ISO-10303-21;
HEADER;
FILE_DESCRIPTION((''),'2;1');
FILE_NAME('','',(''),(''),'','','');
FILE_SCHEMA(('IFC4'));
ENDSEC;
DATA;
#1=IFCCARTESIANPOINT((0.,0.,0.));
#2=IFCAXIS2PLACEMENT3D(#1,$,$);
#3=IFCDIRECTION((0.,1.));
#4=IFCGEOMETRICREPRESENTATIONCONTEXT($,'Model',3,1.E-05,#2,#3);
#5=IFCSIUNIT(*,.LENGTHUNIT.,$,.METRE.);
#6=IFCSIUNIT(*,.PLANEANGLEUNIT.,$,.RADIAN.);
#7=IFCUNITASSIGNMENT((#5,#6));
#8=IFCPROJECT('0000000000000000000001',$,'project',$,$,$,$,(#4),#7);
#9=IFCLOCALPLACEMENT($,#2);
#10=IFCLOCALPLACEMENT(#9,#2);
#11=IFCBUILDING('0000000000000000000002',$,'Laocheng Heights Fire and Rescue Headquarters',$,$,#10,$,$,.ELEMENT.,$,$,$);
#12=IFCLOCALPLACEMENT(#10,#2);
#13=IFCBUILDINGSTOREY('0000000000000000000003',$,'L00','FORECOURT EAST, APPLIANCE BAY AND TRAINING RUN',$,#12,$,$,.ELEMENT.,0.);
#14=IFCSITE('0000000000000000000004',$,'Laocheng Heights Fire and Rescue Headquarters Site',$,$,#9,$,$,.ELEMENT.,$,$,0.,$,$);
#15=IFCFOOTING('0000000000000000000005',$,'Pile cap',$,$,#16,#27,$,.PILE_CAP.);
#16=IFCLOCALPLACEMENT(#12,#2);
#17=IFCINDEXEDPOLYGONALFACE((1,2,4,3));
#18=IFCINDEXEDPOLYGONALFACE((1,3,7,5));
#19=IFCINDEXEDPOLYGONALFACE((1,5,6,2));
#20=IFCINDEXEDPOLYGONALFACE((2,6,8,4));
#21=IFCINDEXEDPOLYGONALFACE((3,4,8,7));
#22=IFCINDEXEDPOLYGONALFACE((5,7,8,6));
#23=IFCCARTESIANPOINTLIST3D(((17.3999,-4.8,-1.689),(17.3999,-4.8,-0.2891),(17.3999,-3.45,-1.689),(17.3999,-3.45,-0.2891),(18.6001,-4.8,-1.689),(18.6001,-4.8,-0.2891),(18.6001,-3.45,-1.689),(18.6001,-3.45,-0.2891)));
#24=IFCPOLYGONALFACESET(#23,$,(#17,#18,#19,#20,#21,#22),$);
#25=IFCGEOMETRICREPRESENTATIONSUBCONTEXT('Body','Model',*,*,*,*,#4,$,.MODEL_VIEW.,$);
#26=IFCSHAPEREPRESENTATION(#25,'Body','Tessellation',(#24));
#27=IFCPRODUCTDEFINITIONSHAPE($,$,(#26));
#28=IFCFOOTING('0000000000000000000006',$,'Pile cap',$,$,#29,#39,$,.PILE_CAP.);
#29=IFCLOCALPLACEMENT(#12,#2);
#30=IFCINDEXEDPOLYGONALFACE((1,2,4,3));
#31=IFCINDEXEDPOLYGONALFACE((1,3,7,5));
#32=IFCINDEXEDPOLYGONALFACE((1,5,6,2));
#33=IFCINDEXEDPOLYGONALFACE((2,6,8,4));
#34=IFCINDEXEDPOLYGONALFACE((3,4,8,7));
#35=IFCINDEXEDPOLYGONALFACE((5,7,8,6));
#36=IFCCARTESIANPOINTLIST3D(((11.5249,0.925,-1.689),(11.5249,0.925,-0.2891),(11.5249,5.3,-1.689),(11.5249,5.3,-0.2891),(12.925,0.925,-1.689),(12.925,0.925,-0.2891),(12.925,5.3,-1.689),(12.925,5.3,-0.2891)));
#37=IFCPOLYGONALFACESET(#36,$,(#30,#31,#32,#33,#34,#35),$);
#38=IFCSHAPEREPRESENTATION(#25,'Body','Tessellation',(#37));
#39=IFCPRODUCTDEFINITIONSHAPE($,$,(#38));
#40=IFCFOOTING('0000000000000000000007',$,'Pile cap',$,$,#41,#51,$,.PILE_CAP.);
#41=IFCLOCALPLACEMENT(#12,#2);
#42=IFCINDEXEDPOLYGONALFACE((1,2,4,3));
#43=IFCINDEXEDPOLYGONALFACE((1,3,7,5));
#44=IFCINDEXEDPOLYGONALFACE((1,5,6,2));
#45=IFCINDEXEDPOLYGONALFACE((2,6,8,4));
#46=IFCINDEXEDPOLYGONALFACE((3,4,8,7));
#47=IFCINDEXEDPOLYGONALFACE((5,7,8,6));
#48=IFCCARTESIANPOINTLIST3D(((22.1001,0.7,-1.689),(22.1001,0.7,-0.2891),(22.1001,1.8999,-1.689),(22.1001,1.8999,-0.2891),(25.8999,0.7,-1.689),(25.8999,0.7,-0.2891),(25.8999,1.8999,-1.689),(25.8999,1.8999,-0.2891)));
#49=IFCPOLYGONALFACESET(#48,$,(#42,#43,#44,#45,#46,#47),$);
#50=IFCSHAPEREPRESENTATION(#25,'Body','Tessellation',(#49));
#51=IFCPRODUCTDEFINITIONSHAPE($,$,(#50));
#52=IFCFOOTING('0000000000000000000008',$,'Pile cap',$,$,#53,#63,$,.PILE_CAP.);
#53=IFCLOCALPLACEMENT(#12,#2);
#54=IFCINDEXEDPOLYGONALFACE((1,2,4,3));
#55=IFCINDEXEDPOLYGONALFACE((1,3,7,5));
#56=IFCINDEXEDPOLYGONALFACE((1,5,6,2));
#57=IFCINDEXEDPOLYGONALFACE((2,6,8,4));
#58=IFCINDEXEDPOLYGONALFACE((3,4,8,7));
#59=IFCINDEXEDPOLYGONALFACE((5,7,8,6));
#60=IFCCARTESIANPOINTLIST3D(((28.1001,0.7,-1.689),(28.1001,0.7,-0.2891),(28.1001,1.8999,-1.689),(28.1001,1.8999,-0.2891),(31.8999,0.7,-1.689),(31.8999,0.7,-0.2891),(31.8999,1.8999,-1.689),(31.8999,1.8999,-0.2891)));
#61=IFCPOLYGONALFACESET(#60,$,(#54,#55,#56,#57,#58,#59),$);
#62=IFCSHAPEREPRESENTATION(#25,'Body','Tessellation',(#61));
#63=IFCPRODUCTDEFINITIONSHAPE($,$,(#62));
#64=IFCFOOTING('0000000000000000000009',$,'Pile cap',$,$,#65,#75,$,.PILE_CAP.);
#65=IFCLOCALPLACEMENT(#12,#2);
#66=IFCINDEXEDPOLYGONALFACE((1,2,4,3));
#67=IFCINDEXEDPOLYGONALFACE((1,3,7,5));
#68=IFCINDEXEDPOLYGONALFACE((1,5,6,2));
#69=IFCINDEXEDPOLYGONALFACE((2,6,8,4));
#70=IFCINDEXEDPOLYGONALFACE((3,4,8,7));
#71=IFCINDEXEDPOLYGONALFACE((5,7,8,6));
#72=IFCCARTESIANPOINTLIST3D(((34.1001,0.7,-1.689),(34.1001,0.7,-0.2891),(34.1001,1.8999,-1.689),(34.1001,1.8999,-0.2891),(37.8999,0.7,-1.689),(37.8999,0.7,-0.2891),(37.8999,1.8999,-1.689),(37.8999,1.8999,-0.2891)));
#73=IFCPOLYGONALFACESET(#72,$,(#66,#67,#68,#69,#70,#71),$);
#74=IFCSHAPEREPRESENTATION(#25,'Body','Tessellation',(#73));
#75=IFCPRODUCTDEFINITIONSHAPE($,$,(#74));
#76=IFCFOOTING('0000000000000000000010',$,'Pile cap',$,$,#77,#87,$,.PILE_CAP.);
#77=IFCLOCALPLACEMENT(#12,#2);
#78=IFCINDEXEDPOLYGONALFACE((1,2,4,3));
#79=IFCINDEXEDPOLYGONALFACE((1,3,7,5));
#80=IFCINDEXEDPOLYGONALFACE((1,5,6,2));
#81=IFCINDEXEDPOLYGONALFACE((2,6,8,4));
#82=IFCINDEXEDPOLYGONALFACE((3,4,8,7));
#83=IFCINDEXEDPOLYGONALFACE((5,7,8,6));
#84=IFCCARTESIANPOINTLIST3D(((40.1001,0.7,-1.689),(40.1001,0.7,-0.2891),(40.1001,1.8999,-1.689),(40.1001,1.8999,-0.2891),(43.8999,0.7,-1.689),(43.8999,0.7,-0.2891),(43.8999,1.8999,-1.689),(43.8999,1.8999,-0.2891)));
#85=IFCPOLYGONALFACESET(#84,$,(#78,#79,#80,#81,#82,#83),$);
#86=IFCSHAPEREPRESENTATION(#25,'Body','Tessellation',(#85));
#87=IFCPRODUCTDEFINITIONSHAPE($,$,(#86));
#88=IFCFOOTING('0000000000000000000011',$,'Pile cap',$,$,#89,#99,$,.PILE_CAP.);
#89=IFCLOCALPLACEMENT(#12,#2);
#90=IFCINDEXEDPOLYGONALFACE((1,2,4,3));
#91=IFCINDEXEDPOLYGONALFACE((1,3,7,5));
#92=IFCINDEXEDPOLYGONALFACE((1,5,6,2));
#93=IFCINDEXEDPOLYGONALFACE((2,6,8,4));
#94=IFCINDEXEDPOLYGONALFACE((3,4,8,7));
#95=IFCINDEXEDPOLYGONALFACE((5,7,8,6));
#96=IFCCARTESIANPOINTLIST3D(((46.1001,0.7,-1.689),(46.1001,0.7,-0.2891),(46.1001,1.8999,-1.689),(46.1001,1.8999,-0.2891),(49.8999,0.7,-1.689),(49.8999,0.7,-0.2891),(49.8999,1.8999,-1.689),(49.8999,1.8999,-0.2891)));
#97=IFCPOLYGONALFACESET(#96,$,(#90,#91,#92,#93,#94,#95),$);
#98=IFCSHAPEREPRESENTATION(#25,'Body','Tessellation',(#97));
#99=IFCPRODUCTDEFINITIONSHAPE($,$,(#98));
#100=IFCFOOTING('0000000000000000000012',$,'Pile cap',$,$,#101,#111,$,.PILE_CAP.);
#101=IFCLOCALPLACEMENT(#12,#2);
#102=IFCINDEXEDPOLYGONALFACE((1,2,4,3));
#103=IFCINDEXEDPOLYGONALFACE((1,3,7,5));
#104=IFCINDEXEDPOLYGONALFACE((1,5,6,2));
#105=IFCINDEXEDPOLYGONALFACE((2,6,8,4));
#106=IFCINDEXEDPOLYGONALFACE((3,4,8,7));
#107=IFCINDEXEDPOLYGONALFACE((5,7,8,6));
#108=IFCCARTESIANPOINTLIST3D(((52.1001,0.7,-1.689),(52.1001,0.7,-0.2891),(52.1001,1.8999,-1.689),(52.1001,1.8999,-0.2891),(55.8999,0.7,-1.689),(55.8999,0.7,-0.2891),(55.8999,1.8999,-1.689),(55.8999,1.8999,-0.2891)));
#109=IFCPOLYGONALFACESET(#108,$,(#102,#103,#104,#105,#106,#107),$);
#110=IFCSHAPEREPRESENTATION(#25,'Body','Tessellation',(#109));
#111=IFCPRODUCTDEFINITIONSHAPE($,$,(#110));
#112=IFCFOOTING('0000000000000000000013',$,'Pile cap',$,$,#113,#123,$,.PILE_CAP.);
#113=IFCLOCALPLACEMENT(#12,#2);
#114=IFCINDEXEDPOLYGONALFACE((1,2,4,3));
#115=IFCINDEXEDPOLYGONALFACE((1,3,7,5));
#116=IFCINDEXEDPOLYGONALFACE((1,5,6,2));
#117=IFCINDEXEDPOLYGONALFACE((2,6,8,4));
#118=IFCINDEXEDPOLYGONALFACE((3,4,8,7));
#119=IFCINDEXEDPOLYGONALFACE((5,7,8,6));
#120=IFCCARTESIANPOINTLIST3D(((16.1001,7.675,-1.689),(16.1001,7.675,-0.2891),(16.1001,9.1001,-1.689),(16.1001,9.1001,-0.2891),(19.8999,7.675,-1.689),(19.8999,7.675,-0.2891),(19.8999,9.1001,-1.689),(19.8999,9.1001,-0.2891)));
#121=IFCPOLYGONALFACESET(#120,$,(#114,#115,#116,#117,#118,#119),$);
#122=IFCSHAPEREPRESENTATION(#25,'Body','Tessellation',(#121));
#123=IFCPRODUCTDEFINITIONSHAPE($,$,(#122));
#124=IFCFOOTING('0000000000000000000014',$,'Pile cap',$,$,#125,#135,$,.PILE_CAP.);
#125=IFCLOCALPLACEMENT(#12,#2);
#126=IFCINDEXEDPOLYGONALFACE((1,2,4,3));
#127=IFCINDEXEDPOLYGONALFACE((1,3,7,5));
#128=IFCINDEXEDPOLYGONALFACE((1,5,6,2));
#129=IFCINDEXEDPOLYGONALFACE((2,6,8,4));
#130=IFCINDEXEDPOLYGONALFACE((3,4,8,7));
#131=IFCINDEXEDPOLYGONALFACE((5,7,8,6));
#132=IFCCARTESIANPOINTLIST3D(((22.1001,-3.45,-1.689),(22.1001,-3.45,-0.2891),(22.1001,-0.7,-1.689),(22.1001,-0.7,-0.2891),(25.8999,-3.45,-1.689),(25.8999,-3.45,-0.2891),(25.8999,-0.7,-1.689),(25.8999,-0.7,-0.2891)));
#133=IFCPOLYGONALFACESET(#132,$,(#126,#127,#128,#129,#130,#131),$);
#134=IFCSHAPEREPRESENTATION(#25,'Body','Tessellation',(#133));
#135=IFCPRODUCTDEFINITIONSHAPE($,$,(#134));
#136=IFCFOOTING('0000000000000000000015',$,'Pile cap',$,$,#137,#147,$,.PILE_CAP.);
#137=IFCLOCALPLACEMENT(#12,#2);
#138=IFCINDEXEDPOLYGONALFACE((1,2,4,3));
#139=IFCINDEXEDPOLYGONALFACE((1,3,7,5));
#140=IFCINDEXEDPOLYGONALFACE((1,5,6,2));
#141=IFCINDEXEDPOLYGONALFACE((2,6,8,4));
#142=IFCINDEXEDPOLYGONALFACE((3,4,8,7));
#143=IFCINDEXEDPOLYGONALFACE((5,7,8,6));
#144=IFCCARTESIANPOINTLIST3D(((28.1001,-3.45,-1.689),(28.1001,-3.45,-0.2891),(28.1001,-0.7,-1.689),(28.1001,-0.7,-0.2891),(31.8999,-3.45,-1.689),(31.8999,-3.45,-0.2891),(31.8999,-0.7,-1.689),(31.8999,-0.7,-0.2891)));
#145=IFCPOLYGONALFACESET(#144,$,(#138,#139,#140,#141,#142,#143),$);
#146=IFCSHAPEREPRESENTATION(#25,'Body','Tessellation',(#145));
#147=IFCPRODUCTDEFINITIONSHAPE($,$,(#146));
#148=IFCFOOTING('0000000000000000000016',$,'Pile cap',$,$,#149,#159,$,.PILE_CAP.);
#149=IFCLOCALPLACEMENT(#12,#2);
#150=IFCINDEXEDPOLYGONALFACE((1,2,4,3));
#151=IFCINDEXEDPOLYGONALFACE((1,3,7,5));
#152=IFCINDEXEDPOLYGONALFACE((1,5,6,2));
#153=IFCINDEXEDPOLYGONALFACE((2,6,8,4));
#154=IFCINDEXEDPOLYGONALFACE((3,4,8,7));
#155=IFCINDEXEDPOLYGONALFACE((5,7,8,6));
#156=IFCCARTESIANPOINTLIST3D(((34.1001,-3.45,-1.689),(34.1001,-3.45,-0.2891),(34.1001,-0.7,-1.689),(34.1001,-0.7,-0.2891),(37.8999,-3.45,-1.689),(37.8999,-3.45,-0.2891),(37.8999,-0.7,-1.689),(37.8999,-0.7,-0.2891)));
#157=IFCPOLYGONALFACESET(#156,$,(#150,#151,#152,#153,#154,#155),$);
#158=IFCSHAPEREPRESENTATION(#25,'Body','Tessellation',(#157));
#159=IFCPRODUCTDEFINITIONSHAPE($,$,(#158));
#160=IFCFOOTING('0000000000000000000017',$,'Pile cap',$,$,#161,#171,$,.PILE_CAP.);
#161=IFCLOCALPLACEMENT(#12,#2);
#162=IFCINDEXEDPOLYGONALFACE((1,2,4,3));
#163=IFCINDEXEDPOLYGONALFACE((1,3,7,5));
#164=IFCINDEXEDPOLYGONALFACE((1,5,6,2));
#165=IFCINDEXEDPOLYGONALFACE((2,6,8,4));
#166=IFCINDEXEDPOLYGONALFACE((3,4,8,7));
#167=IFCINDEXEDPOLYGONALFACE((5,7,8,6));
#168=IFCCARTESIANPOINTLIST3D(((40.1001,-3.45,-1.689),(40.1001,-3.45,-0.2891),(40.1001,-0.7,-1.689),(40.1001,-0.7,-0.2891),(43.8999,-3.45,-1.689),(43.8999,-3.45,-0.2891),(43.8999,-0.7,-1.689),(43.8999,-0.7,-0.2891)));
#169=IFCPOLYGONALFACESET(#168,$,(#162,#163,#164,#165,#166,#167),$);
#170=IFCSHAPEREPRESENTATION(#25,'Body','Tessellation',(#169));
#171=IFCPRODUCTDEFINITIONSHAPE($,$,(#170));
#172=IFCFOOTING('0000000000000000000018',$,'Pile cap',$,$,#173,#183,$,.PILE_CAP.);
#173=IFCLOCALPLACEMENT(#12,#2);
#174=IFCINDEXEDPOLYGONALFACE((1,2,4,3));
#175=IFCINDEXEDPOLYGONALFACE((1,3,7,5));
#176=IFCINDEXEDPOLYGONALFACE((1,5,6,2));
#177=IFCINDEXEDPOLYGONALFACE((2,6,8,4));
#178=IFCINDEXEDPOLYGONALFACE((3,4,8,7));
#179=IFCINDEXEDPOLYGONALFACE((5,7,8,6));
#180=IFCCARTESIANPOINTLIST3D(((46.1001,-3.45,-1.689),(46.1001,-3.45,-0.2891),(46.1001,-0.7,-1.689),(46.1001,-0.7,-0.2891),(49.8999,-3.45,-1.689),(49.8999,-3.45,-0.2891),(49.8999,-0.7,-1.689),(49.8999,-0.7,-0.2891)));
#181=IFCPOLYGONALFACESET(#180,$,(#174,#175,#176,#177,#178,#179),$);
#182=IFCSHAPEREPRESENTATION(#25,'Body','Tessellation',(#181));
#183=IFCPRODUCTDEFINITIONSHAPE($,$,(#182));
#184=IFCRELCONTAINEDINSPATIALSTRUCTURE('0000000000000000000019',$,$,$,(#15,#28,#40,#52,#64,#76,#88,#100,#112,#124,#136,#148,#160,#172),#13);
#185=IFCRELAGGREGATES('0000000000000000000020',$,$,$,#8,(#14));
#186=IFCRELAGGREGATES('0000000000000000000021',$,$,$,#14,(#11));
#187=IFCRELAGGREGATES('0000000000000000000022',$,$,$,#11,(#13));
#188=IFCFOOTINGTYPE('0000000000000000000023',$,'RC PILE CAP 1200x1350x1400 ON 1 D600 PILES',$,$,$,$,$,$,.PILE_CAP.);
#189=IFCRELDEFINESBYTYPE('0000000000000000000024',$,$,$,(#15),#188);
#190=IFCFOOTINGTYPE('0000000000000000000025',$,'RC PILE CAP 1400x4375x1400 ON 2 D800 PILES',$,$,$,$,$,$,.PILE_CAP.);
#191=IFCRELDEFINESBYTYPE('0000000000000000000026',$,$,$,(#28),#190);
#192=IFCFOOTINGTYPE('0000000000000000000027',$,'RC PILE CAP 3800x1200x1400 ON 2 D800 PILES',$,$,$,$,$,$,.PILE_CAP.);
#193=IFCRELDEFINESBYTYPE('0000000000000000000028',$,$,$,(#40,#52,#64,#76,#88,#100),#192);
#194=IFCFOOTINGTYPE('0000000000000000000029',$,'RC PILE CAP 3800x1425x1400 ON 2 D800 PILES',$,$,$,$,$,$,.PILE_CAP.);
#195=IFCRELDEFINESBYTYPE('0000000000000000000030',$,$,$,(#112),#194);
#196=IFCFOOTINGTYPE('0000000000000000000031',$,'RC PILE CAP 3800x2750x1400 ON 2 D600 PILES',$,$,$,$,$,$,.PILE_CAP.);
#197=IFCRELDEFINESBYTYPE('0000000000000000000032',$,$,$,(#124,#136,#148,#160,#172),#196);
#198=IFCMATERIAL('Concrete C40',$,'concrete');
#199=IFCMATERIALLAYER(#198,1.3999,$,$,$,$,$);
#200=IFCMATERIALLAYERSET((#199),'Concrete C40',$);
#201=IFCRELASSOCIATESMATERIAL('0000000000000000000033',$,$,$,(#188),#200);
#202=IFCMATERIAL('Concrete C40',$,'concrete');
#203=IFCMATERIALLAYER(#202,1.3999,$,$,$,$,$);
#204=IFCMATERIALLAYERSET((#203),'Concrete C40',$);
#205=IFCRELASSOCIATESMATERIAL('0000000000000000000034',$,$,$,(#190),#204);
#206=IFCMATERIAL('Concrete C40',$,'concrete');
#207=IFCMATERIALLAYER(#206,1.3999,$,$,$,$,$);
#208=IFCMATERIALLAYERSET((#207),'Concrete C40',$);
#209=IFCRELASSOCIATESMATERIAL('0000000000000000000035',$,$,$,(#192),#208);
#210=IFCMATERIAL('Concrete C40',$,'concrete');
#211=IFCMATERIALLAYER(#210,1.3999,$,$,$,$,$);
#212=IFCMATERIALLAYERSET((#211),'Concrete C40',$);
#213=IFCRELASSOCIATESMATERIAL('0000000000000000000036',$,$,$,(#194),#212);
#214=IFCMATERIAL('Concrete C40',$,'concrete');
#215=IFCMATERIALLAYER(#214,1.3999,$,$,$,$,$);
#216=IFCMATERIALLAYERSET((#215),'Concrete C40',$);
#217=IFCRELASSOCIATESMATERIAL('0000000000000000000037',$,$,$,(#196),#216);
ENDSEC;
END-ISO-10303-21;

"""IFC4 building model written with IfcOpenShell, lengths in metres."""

from ifc_helpers import new_model, si_unit, direction, frame, origin, place, context, subcontext, project, spatial, polyline, outline, extrude, material, layer, layer_set, type_object, element, save


model = new_model("IFC4")

# Units and contexts
model_context = context("Model", 3, precision=1e-05, world=origin(), true_north=direction((0.0, 1.0)))
body_context = subcontext(model_context, "Body", "Model", "MODEL_VIEW")
ifc_project = project(units=[si_unit("LENGTHUNIT", "METRE"), si_unit("PLANEANGLEUNIT", "RADIAN")], contexts=[model_context])

# Site, building, storey
site_placement = place(None, origin())
site = spatial("IfcSite", under=ifc_project, at=site_placement, Name="Laocheng Heights Fire and Rescue Headquarters Site", CompositionType="ELEMENT", RefElevation=0.0)
building_placement = place(site_placement, origin())
building = spatial("IfcBuilding", under=site, at=building_placement, Name="Laocheng Heights Fire and Rescue Headquarters", CompositionType="ELEMENT")
storey_placement = place(building_placement, origin())
storey = spatial("IfcBuildingStorey", under=building, at=storey_placement, Name="L00", Description="FORECOURT EAST, APPLIANCE BAY AND TRAINING RUN", CompositionType="ELEMENT", Elevation=0.0)

# Footings
ifc_material_1 = material(Name="Concrete C40", Category="concrete")
ifc_layer_1 = layer(ifc_material_1, 1.3999)
ifc_layer_set_1 = layer_set([ifc_layer_1], Name="Concrete C40")
footing_type_1 = type_object("IfcFootingType", Name="RC PILE CAP 1200x1350x1400 ON 1 D600 PILES", PredefinedType="PILE_CAP", material=ifc_layer_set_1)
footing_1_placement = place(storey_placement, frame((0.0, 0.0, -1.689)))
element("IfcFooting", 1, at=footing_1_placement, inside=storey, type_object=footing_type_1, Name="Pile cap", PredefinedType="PILE_CAP", context=body_context, shape_type="SweptSolid", body=[
    extrude(outline(polyline([(18.6001, -4.8), (18.6001, -3.45), (17.3999, -3.45), (17.3999, -4.8), (18.6001, -4.8)])), origin(), (0.0, 0.0, 1.0), 1.3999),
])
ifc_material_2 = material(Name="Concrete C40", Category="concrete")
ifc_layer_2 = layer(ifc_material_2, 1.3999)
ifc_layer_set_2 = layer_set([ifc_layer_2], Name="Concrete C40")
footing_type_2 = type_object("IfcFootingType", Name="RC PILE CAP 1400x4375x1400 ON 2 D800 PILES", PredefinedType="PILE_CAP", material=ifc_layer_set_2)
footing_2_placement = place(storey_placement, frame((0.0, 0.0, -1.689)))
element("IfcFooting", 2, at=footing_2_placement, inside=storey, type_object=footing_type_2, Name="Pile cap", PredefinedType="PILE_CAP", context=body_context, shape_type="SweptSolid", body=[
    extrude(outline(polyline([(12.925, 0.925), (12.925, 5.3), (11.5249, 5.3), (11.5249, 0.925), (12.925, 0.925)])), origin(), (0.0, 0.0, 1.0), 1.3999),
])
ifc_material_3 = material(Name="Concrete C40", Category="concrete")
ifc_layer_3 = layer(ifc_material_3, 1.3999)
ifc_layer_set_3 = layer_set([ifc_layer_3], Name="Concrete C40")
footing_type_3 = type_object("IfcFootingType", Name="RC PILE CAP 3800x1200x1400 ON 2 D800 PILES", PredefinedType="PILE_CAP", material=ifc_layer_set_3)
footing_3_placement = place(storey_placement, frame((0.0, 0.0, -1.689)))
element("IfcFooting", 3, at=footing_3_placement, inside=storey, type_object=footing_type_3, Name="Pile cap", PredefinedType="PILE_CAP", context=body_context, shape_type="SweptSolid", body=[
    extrude(outline(polyline([(25.8999, 0.7), (25.8999, 1.8999), (22.1001, 1.8999), (22.1001, 0.7), (25.8999, 0.7)])), origin(), (0.0, 0.0, 1.0), 1.3999),
])
footing_4_placement = place(storey_placement, frame((0.0, 0.0, -1.689)))
element("IfcFooting", 4, at=footing_4_placement, inside=storey, type_object=footing_type_3, Name="Pile cap", PredefinedType="PILE_CAP", context=body_context, shape_type="SweptSolid", body=[
    extrude(outline(polyline([(31.8999, 0.7), (31.8999, 1.8999), (28.1001, 1.8999), (28.1001, 0.7), (31.8999, 0.7)])), origin(), (0.0, 0.0, 1.0), 1.3999),
])
footing_5_placement = place(storey_placement, frame((0.0, 0.0, -1.689)))
element("IfcFooting", 5, at=footing_5_placement, inside=storey, type_object=footing_type_3, Name="Pile cap", PredefinedType="PILE_CAP", context=body_context, shape_type="SweptSolid", body=[
    extrude(outline(polyline([(37.8999, 0.7), (37.8999, 1.8999), (34.1001, 1.8999), (34.1001, 0.7), (37.8999, 0.7)])), origin(), (0.0, 0.0, 1.0), 1.3999),
])
footing_6_placement = place(storey_placement, frame((0.0, 0.0, -1.689)))
element("IfcFooting", 6, at=footing_6_placement, inside=storey, type_object=footing_type_3, Name="Pile cap", PredefinedType="PILE_CAP", context=body_context, shape_type="SweptSolid", body=[
    extrude(outline(polyline([(43.8999, 0.7), (43.8999, 1.8999), (40.1001, 1.8999), (40.1001, 0.7), (43.8999, 0.7)])), origin(), (0.0, 0.0, 1.0), 1.3999),
])
footing_7_placement = place(storey_placement, frame((0.0, 0.0, -1.689)))
element("IfcFooting", 7, at=footing_7_placement, inside=storey, type_object=footing_type_3, Name="Pile cap", PredefinedType="PILE_CAP", context=body_context, shape_type="SweptSolid", body=[
    extrude(outline(polyline([(49.8999, 0.7), (49.8999, 1.8999), (46.1001, 1.8999), (46.1001, 0.7), (49.8999, 0.7)])), origin(), (0.0, 0.0, 1.0), 1.3999),
])
footing_8_placement = place(storey_placement, frame((0.0, 0.0, -1.689)))
element("IfcFooting", 8, at=footing_8_placement, inside=storey, type_object=footing_type_3, Name="Pile cap", PredefinedType="PILE_CAP", context=body_context, shape_type="SweptSolid", body=[
    extrude(outline(polyline([(55.8999, 0.7), (55.8999, 1.8999), (52.1001, 1.8999), (52.1001, 0.7), (55.8999, 0.7)])), origin(), (0.0, 0.0, 1.0), 1.3999),
])
ifc_material_4 = material(Name="Concrete C40", Category="concrete")
ifc_layer_4 = layer(ifc_material_4, 1.3999)
ifc_layer_set_4 = layer_set([ifc_layer_4], Name="Concrete C40")
footing_type_4 = type_object("IfcFootingType", Name="RC PILE CAP 3800x1425x1400 ON 2 D800 PILES", PredefinedType="PILE_CAP", material=ifc_layer_set_4)
footing_9_placement = place(storey_placement, frame((0.0, 0.0, -1.689)))
element("IfcFooting", 9, at=footing_9_placement, inside=storey, type_object=footing_type_4, Name="Pile cap", PredefinedType="PILE_CAP", context=body_context, shape_type="SweptSolid", body=[
    extrude(outline(polyline([(19.8999, 7.675), (19.8999, 9.1001), (16.1001, 9.1001), (16.1001, 7.675), (19.8999, 7.675)])), origin(), (0.0, 0.0, 1.0), 1.3999),
])
ifc_material_5 = material(Name="Concrete C40", Category="concrete")
ifc_layer_5 = layer(ifc_material_5, 1.3999)
ifc_layer_set_5 = layer_set([ifc_layer_5], Name="Concrete C40")
footing_type_5 = type_object("IfcFootingType", Name="RC PILE CAP 3800x2750x1400 ON 2 D600 PILES", PredefinedType="PILE_CAP", material=ifc_layer_set_5)
footing_10_placement = place(storey_placement, frame((0.0, 0.0, -1.689)))
element("IfcFooting", 10, at=footing_10_placement, inside=storey, type_object=footing_type_5, Name="Pile cap", PredefinedType="PILE_CAP", context=body_context, shape_type="SweptSolid", body=[
    extrude(outline(polyline([(25.8999, -3.45), (25.8999, -0.7), (22.1001, -0.7), (22.1001, -3.45), (25.8999, -3.45)])), origin(), (0.0, 0.0, 1.0), 1.3999),
])
footing_11_placement = place(storey_placement, frame((0.0, 0.0, -1.689)))
element("IfcFooting", 11, at=footing_11_placement, inside=storey, type_object=footing_type_5, Name="Pile cap", PredefinedType="PILE_CAP", context=body_context, shape_type="SweptSolid", body=[
    extrude(outline(polyline([(31.8999, -3.45), (31.8999, -0.7), (28.1001, -0.7), (28.1001, -3.45), (31.8999, -3.45)])), origin(), (0.0, 0.0, 1.0), 1.3999),
])
footing_12_placement = place(storey_placement, frame((0.0, 0.0, -1.689)))
element("IfcFooting", 12, at=footing_12_placement, inside=storey, type_object=footing_type_5, Name="Pile cap", PredefinedType="PILE_CAP", context=body_context, shape_type="SweptSolid", body=[
    extrude(outline(polyline([(37.8999, -3.45), (37.8999, -0.7), (34.1001, -0.7), (34.1001, -3.45), (37.8999, -3.45)])), origin(), (0.0, 0.0, 1.0), 1.3999),
])
footing_13_placement = place(storey_placement, frame((0.0, 0.0, -1.689)))
element("IfcFooting", 13, at=footing_13_placement, inside=storey, type_object=footing_type_5, Name="Pile cap", PredefinedType="PILE_CAP", context=body_context, shape_type="SweptSolid", body=[
    extrude(outline(polyline([(43.8999, -3.45), (43.8999, -0.7), (40.1001, -0.7), (40.1001, -3.45), (43.8999, -3.45)])), origin(), (0.0, 0.0, 1.0), 1.3999),
])
footing_14_placement = place(storey_placement, frame((0.0, 0.0, -1.689)))
element("IfcFooting", 14, at=footing_14_placement, inside=storey, type_object=footing_type_5, Name="Pile cap", PredefinedType="PILE_CAP", context=body_context, shape_type="SweptSolid", body=[
    extrude(outline(polyline([(49.8999, -3.45), (49.8999, -0.7), (46.1001, -0.7), (46.1001, -3.45), (49.8999, -3.45)])), origin(), (0.0, 0.0, 1.0), 1.3999),
])

save(model, "model.ifc")
